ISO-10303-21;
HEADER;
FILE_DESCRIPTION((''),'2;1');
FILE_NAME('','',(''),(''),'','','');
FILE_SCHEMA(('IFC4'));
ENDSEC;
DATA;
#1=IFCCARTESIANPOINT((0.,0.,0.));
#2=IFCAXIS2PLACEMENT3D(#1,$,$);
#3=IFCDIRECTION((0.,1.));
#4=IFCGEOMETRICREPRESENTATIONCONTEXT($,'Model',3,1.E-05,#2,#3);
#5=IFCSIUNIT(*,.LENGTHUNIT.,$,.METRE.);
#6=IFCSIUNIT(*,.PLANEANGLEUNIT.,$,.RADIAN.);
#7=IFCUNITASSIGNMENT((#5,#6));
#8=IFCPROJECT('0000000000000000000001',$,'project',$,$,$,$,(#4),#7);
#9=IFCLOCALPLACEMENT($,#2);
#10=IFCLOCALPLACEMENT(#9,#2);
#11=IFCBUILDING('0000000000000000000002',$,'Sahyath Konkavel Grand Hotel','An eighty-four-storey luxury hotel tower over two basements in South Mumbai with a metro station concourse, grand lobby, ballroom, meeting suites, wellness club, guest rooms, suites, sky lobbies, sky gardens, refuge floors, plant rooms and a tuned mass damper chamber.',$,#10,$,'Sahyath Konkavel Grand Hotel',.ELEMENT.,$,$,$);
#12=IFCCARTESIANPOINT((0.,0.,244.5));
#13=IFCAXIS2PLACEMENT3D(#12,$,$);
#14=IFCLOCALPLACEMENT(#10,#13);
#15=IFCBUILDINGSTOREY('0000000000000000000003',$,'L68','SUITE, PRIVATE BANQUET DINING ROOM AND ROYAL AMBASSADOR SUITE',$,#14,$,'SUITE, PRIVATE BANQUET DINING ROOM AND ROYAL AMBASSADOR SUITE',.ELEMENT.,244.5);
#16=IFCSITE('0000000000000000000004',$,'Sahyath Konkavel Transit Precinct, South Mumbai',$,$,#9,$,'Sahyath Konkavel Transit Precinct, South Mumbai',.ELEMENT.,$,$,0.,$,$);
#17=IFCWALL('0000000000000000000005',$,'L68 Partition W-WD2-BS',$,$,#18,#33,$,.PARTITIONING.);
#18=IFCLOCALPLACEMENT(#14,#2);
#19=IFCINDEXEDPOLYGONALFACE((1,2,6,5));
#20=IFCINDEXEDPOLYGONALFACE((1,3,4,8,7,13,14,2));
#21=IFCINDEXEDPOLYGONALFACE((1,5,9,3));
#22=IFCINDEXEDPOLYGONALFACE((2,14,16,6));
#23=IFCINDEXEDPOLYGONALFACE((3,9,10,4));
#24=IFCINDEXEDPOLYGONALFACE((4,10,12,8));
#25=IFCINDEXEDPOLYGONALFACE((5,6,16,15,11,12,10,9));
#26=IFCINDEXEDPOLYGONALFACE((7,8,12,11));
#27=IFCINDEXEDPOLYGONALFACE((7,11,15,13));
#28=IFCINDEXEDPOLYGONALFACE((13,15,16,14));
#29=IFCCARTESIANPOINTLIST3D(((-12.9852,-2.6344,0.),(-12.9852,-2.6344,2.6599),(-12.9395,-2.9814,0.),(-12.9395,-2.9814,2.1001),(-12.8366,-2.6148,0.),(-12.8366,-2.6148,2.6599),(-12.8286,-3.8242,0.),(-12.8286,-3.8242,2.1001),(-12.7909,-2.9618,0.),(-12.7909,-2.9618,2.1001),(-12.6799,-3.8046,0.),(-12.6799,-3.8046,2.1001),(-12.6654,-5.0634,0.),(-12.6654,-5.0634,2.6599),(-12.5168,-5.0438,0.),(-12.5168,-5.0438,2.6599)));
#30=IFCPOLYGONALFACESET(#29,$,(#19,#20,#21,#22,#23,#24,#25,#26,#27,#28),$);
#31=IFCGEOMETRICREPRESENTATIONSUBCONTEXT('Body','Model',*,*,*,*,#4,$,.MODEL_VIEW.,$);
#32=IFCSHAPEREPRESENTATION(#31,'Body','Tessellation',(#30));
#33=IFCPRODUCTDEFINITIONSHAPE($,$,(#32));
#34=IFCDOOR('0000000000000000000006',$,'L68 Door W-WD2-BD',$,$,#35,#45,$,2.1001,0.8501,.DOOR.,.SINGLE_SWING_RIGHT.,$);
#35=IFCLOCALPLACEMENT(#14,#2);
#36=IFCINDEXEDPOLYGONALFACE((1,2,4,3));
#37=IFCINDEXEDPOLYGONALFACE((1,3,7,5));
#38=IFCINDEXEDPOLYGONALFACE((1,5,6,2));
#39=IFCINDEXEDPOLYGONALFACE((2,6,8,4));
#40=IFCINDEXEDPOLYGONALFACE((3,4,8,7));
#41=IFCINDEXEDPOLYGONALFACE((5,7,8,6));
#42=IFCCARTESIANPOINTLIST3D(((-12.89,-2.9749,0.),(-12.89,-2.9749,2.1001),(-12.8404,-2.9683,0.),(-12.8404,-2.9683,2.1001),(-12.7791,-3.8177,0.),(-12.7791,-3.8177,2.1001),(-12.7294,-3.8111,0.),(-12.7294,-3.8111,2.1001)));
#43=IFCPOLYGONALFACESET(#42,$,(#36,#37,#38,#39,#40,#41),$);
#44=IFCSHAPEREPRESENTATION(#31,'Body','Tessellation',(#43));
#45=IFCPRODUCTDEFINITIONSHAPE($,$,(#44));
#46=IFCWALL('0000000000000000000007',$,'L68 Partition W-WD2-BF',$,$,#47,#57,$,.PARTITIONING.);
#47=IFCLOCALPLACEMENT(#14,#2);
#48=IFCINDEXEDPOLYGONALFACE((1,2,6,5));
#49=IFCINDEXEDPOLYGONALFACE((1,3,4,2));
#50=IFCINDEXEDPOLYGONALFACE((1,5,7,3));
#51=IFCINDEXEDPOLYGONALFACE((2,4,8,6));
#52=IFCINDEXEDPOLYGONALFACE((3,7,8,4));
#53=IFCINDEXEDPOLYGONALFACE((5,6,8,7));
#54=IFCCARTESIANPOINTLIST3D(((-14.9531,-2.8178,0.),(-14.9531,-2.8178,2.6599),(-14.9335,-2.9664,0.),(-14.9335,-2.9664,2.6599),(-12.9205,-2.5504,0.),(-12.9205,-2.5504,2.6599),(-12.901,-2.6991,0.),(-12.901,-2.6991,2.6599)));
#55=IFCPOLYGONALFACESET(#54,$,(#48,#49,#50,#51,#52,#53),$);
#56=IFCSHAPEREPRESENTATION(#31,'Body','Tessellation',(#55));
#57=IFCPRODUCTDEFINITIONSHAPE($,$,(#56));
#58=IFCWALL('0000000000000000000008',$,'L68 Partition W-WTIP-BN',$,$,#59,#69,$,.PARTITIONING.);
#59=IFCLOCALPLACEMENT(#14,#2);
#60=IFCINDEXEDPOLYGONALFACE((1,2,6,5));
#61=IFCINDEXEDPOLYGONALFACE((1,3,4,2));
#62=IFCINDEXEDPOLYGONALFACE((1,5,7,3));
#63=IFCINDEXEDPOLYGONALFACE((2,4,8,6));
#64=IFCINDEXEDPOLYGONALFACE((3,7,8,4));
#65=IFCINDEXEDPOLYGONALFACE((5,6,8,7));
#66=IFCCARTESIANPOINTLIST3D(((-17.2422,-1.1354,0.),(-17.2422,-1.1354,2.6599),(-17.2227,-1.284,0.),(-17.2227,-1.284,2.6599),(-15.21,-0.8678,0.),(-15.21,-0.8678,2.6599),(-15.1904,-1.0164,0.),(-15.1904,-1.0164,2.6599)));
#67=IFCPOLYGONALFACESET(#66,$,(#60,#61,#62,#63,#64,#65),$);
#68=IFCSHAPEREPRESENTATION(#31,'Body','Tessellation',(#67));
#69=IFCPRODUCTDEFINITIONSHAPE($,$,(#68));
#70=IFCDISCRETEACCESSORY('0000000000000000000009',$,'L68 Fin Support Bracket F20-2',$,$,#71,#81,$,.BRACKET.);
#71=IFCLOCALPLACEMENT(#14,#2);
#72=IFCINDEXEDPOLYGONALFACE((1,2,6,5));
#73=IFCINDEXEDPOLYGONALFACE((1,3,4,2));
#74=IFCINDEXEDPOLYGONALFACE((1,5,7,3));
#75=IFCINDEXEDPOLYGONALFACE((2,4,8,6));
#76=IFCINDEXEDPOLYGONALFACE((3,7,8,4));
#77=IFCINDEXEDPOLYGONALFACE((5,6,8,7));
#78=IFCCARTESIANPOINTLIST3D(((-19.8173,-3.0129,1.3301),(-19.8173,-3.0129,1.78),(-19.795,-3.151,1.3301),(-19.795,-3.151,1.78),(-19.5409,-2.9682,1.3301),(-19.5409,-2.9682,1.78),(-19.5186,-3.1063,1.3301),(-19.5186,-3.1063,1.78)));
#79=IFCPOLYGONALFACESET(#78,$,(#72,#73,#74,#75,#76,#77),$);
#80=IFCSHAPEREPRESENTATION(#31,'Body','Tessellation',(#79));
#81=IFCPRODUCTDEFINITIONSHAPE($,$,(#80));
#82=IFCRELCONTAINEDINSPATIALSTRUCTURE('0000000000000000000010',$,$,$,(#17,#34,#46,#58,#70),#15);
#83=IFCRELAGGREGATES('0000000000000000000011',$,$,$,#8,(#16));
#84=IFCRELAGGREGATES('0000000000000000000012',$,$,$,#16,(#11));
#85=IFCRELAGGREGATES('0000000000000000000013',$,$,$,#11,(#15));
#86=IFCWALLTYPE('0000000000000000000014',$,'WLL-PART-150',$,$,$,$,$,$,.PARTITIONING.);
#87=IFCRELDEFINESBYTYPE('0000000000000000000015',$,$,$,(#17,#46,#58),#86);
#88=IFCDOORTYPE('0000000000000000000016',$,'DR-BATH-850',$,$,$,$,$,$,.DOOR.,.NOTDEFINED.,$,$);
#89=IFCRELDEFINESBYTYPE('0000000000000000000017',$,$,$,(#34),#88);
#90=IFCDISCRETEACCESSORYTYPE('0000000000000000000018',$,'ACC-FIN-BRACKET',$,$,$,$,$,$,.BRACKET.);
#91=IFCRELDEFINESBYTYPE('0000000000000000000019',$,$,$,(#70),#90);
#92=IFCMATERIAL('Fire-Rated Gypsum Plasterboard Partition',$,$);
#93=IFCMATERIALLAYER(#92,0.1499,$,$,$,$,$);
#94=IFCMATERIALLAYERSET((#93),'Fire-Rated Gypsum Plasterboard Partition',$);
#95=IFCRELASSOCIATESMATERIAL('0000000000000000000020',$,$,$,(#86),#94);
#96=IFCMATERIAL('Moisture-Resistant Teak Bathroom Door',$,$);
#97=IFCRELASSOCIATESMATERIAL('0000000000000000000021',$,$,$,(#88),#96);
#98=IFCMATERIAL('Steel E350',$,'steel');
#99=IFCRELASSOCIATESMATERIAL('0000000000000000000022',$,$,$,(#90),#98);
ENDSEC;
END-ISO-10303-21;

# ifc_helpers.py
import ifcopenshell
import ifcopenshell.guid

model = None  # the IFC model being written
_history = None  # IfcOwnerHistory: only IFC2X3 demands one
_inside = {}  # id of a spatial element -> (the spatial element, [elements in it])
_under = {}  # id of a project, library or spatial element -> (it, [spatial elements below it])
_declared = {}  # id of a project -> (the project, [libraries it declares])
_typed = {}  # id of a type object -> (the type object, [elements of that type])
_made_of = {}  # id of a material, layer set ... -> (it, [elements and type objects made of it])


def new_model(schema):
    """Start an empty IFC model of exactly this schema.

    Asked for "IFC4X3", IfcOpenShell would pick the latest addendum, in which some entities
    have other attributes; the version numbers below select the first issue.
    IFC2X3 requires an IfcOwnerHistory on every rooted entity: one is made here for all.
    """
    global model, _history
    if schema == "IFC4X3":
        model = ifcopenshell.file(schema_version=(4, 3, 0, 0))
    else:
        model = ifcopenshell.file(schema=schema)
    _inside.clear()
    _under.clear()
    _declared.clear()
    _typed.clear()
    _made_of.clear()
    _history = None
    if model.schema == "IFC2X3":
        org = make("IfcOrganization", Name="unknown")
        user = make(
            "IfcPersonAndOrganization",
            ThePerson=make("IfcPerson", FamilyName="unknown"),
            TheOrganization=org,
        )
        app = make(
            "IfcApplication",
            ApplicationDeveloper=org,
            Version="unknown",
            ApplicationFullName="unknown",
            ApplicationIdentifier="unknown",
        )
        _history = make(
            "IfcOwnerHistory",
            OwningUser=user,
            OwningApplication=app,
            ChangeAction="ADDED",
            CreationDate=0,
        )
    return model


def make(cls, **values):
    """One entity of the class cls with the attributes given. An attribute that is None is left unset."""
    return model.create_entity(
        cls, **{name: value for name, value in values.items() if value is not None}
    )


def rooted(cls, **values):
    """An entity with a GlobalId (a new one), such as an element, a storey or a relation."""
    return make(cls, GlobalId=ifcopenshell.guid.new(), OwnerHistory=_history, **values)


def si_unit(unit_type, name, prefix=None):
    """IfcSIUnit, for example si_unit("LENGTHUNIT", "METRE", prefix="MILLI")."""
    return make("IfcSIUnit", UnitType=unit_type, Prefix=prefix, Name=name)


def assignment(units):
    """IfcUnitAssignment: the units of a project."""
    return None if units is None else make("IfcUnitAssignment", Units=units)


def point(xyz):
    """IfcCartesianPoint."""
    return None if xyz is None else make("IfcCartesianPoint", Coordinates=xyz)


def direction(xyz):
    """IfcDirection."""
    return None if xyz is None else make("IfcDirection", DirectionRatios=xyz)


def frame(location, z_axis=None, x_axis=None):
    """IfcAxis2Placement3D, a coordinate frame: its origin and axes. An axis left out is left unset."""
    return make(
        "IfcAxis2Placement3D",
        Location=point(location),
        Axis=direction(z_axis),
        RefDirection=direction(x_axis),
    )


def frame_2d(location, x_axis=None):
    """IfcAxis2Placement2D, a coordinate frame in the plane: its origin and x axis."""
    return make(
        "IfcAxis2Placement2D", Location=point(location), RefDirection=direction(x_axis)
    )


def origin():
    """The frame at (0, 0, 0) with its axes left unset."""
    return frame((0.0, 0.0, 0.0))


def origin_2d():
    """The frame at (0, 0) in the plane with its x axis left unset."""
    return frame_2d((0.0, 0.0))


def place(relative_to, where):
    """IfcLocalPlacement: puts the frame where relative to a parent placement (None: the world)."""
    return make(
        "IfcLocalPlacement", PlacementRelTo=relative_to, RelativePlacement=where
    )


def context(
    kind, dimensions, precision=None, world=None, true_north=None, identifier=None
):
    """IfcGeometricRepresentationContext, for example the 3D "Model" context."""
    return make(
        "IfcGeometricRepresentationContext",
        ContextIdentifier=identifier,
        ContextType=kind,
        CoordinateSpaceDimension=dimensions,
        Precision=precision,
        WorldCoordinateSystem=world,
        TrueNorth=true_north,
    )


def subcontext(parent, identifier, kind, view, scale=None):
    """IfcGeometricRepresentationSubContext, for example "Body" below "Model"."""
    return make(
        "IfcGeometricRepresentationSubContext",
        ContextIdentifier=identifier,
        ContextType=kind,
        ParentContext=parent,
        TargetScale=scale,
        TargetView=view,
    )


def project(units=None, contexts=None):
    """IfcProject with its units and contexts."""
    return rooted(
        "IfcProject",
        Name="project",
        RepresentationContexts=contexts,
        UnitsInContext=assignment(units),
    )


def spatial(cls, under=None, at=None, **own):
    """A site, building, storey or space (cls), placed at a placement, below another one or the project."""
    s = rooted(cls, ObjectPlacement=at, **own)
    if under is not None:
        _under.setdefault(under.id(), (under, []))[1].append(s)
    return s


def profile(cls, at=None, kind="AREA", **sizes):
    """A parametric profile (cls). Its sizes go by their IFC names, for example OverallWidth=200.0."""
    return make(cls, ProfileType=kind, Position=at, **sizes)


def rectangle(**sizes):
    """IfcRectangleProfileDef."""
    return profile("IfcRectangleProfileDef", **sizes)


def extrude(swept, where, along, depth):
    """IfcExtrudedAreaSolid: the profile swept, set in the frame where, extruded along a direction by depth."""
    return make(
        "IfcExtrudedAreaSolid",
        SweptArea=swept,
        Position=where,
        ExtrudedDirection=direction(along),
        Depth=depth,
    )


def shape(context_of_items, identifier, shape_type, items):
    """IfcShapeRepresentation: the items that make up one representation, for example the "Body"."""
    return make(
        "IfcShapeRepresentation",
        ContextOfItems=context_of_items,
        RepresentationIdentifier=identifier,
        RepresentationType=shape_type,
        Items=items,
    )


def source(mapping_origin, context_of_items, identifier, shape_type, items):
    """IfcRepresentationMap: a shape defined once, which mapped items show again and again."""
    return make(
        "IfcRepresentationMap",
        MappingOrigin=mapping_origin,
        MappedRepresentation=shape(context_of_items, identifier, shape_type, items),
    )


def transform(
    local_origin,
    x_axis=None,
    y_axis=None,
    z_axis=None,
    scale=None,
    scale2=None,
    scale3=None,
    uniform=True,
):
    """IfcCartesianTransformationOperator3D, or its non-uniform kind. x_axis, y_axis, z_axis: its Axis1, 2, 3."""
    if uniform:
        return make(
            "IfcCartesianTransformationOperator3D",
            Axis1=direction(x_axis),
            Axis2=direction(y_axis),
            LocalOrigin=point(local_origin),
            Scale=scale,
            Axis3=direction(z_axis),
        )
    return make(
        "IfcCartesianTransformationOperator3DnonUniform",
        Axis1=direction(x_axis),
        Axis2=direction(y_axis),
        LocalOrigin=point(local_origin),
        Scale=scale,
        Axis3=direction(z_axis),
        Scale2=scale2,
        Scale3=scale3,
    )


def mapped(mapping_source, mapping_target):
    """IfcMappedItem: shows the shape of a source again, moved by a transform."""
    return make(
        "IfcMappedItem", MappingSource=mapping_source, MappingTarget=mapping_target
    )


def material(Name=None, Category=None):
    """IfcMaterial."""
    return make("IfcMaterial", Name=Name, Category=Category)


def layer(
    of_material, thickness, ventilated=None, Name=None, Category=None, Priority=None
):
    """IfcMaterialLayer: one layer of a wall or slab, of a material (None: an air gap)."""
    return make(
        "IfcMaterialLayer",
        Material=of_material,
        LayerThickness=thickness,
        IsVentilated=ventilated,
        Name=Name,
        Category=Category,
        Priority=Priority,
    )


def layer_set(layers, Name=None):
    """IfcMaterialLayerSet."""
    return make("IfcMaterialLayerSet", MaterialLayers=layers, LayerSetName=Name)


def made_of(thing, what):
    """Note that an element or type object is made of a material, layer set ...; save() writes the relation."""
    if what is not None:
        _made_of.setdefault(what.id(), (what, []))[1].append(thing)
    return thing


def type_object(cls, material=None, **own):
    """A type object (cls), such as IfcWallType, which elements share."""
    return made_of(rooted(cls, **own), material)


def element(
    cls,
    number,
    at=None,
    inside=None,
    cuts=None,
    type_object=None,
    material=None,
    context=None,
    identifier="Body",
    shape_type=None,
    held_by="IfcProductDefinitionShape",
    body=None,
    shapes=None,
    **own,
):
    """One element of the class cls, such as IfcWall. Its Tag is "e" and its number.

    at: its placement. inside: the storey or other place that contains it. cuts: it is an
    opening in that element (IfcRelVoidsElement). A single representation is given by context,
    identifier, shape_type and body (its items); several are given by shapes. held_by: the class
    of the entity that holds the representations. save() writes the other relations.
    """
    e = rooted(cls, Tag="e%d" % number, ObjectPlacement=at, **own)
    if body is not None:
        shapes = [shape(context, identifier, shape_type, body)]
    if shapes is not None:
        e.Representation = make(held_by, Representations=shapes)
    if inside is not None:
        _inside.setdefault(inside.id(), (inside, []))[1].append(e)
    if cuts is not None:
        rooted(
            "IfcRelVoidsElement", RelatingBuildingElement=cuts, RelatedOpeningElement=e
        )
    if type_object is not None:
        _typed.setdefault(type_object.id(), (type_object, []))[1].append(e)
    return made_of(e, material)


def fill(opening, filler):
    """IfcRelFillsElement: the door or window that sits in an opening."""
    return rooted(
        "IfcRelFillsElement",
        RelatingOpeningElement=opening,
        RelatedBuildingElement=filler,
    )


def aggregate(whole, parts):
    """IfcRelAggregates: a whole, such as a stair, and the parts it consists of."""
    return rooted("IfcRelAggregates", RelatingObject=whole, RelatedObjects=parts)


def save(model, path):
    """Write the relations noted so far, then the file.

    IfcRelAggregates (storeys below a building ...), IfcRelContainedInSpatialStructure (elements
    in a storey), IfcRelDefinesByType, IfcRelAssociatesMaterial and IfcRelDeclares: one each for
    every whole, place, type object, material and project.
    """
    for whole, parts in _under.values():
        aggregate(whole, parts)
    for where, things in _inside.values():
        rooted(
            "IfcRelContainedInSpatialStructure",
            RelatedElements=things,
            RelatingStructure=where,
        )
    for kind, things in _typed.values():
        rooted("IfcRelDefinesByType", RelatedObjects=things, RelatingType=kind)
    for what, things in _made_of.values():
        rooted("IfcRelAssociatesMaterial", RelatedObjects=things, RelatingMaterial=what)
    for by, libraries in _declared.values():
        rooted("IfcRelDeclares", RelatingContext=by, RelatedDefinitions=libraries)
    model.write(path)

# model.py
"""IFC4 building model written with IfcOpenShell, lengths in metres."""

from ifc_helpers import new_model, si_unit, direction, frame, frame_2d, origin, origin_2d, place, context, subcontext, project, spatial, rectangle, extrude, source, transform, mapped, material, layer, layer_set, type_object, element, fill, save


model = new_model("IFC4")

# Units and contexts
model_context = context("Model", 3, precision=1e-05, world=origin(), true_north=direction((0.0, 1.0)))
body_context = subcontext(model_context, "Body", "Model", "MODEL_VIEW")
ifc_project = project(units=[si_unit("LENGTHUNIT", "METRE"), si_unit("PLANEANGLEUNIT", "RADIAN")], contexts=[model_context])

# Site, building, storey
site_placement = place(None, origin())
site = spatial("IfcSite", under=ifc_project, at=site_placement, Name="Sahyath Konkavel Transit Precinct, South Mumbai", LongName="Sahyath Konkavel Transit Precinct, South Mumbai", CompositionType="ELEMENT", RefElevation=0.0)
building_placement = place(site_placement, origin())
building = spatial("IfcBuilding", under=site, at=building_placement, Name="Sahyath Konkavel Grand Hotel", Description="An eighty-four-storey luxury hotel tower over two basements in South Mumbai with a metro station concourse, grand lobby, ballroom, meeting suites, wellness club, guest rooms, suites, sky lobbies, sky gardens, refuge floors, plant rooms and a tuned mass damper chamber.", LongName="Sahyath Konkavel Grand Hotel", CompositionType="ELEMENT")
storey_placement = place(building_placement, frame((0.0, 0.0, 244.5)))
storey = spatial("IfcBuildingStorey", under=building, at=storey_placement, Name="L68", Description="SUITE, PRIVATE BANQUET DINING ROOM AND ROYAL AMBASSADOR SUITE", LongName="SUITE, PRIVATE BANQUET DINING ROOM AND ROYAL AMBASSADOR SUITE", CompositionType="ELEMENT", Elevation=244.5)

# Shared definitions
ifc_material_1 = material(Name="Steel E350", Category="steel")

# Wall, opening, door
ifc_material_2 = material(Name="Fire-Rated Gypsum Plasterboard Partition")
ifc_layer_1 = layer(ifc_material_2, 0.1499)
ifc_layer_set_1 = layer_set([ifc_layer_1], Name="Fire-Rated Gypsum Plasterboard Partition")
wall_type_1 = type_object("IfcWallType", Name="WLL-PART-150", PredefinedType="PARTITIONING", material=ifc_layer_set_1)
wall_1_placement = place(storey_placement, frame((-12.5911, -5.0537, 0.0), z_axis=(0.0, 0.0, 1.0), x_axis=(-0.130545, 0.991442, 0.0)))
wall_1 = element("IfcWall", 1, at=wall_1_placement, inside=storey, type_object=wall_type_1, Name="L68 Partition W-WD2-BS", PredefinedType="PARTITIONING", context=body_context, shape_type="SweptSolid", body=[
    extrude(rectangle(XDim=2.45, YDim=0.1499, at=frame_2d((1.2251, 0.0))), origin(), (0.0, 0.0, 1.0), 2.6599),
])
opening_placement = place(wall_1_placement, frame((1.25, 0.0, 0.0)))
opening = element("IfcOpeningElement", 2, at=opening_placement, cuts=wall_1, PredefinedType="OPENING", context=body_context, shape_type="SweptSolid", body=[
    extrude(rectangle(XDim=0.8501, YDim=2.1001, at=frame_2d((0.425, 1.05))), frame((0.0, 0.085, 0.0), z_axis=(0.0, -1.0, 0.0), x_axis=(1.0, 0.0, 0.0)), (0.0, 0.0, 1.0), 0.1699),
])
ifc_material_3 = material(Name="Moisture-Resistant Teak Bathroom Door")
door_type = type_object("IfcDoorType", Name="DR-BATH-850", OperationType="NOTDEFINED", PredefinedType="DOOR", material=ifc_material_3)
shared_shape_1 = source(origin(), body_context, "Body", "SweptSolid", [
    extrude(rectangle(XDim=0.8501, YDim=0.05, at=origin_2d()), origin(), (0.0, 0.0, 1.0), 2.1001),
])
door_placement = place(opening_placement, frame((0.425, 0.0, 0.0)))
door = element("IfcDoor", 3, at=door_placement, inside=storey, type_object=door_type, Name="L68 Door W-WD2-BD", OperationType="SINGLE_SWING_RIGHT", OverallHeight=2.1001, OverallWidth=0.8501, PredefinedType="DOOR", context=body_context, shape_type="MappedRepresentation", body=[
    mapped(shared_shape_1, transform((0.0, 0.0, 0.0), scale=1.0)),
])
fill(opening, door)

# Walls
wall_2_placement = place(storey_placement, frame((-12.9109, -2.6248, 0.0), z_axis=(0.0, 0.0, 1.0), x_axis=(-0.99146, -0.130408, 0.0)))
element("IfcWall", 4, at=wall_2_placement, inside=storey, type_object=wall_type_1, Name="L68 Partition W-WD2-BF", PredefinedType="PARTITIONING", context=body_context, shape_type="SweptSolid", body=[
    extrude(rectangle(XDim=2.05, YDim=0.1499, at=frame_2d((1.0249, 0.0))), origin(), (0.0, 0.0, 1.0), 2.6599),
])
wall_3_placement = place(storey_placement, frame((-15.2002, -0.9421, 0.0), z_axis=(0.0, 0.0, 1.0), x_axis=(-0.991443, -0.130541, 0.0)))
element("IfcWall", 5, at=wall_3_placement, inside=storey, type_object=wall_type_1, Name="L68 Partition W-WTIP-BN", PredefinedType="PARTITIONING", context=body_context, shape_type="SweptSolid", body=[
    extrude(rectangle(XDim=2.0498, YDim=0.1499, at=frame_2d((1.0249, 0.0))), origin(), (0.0, 0.0, 1.0), 2.6599),
])

# Discrete accessory
discrete_accessory_type = type_object("IfcDiscreteAccessoryType", Name="ACC-FIN-BRACKET", PredefinedType="BRACKET", material=ifc_material_1)
shared_shape_2 = source(origin(), body_context, "Body", "SweptSolid", [
    extrude(rectangle(XDim=0.28, YDim=0.1399, at=origin_2d()), origin(), (0.0, 0.0, 1.0), 0.45),
])
discrete_accessory_placement = place(storey_placement, frame((-19.668, -3.0596, 1.3301), z_axis=(0.0, 0.0, 1.0), x_axis=(-0.987198, -0.159502, 0.0)))
element("IfcDiscreteAccessory", 6, at=discrete_accessory_placement, inside=storey, type_object=discrete_accessory_type, Name="L68 Fin Support Bracket F20-2", PredefinedType="BRACKET", context=body_context, shape_type="MappedRepresentation", body=[
    mapped(shared_shape_2, transform((0.0, 0.0, 0.0), scale=1.0)),
])

save(model, "model.ifc")
